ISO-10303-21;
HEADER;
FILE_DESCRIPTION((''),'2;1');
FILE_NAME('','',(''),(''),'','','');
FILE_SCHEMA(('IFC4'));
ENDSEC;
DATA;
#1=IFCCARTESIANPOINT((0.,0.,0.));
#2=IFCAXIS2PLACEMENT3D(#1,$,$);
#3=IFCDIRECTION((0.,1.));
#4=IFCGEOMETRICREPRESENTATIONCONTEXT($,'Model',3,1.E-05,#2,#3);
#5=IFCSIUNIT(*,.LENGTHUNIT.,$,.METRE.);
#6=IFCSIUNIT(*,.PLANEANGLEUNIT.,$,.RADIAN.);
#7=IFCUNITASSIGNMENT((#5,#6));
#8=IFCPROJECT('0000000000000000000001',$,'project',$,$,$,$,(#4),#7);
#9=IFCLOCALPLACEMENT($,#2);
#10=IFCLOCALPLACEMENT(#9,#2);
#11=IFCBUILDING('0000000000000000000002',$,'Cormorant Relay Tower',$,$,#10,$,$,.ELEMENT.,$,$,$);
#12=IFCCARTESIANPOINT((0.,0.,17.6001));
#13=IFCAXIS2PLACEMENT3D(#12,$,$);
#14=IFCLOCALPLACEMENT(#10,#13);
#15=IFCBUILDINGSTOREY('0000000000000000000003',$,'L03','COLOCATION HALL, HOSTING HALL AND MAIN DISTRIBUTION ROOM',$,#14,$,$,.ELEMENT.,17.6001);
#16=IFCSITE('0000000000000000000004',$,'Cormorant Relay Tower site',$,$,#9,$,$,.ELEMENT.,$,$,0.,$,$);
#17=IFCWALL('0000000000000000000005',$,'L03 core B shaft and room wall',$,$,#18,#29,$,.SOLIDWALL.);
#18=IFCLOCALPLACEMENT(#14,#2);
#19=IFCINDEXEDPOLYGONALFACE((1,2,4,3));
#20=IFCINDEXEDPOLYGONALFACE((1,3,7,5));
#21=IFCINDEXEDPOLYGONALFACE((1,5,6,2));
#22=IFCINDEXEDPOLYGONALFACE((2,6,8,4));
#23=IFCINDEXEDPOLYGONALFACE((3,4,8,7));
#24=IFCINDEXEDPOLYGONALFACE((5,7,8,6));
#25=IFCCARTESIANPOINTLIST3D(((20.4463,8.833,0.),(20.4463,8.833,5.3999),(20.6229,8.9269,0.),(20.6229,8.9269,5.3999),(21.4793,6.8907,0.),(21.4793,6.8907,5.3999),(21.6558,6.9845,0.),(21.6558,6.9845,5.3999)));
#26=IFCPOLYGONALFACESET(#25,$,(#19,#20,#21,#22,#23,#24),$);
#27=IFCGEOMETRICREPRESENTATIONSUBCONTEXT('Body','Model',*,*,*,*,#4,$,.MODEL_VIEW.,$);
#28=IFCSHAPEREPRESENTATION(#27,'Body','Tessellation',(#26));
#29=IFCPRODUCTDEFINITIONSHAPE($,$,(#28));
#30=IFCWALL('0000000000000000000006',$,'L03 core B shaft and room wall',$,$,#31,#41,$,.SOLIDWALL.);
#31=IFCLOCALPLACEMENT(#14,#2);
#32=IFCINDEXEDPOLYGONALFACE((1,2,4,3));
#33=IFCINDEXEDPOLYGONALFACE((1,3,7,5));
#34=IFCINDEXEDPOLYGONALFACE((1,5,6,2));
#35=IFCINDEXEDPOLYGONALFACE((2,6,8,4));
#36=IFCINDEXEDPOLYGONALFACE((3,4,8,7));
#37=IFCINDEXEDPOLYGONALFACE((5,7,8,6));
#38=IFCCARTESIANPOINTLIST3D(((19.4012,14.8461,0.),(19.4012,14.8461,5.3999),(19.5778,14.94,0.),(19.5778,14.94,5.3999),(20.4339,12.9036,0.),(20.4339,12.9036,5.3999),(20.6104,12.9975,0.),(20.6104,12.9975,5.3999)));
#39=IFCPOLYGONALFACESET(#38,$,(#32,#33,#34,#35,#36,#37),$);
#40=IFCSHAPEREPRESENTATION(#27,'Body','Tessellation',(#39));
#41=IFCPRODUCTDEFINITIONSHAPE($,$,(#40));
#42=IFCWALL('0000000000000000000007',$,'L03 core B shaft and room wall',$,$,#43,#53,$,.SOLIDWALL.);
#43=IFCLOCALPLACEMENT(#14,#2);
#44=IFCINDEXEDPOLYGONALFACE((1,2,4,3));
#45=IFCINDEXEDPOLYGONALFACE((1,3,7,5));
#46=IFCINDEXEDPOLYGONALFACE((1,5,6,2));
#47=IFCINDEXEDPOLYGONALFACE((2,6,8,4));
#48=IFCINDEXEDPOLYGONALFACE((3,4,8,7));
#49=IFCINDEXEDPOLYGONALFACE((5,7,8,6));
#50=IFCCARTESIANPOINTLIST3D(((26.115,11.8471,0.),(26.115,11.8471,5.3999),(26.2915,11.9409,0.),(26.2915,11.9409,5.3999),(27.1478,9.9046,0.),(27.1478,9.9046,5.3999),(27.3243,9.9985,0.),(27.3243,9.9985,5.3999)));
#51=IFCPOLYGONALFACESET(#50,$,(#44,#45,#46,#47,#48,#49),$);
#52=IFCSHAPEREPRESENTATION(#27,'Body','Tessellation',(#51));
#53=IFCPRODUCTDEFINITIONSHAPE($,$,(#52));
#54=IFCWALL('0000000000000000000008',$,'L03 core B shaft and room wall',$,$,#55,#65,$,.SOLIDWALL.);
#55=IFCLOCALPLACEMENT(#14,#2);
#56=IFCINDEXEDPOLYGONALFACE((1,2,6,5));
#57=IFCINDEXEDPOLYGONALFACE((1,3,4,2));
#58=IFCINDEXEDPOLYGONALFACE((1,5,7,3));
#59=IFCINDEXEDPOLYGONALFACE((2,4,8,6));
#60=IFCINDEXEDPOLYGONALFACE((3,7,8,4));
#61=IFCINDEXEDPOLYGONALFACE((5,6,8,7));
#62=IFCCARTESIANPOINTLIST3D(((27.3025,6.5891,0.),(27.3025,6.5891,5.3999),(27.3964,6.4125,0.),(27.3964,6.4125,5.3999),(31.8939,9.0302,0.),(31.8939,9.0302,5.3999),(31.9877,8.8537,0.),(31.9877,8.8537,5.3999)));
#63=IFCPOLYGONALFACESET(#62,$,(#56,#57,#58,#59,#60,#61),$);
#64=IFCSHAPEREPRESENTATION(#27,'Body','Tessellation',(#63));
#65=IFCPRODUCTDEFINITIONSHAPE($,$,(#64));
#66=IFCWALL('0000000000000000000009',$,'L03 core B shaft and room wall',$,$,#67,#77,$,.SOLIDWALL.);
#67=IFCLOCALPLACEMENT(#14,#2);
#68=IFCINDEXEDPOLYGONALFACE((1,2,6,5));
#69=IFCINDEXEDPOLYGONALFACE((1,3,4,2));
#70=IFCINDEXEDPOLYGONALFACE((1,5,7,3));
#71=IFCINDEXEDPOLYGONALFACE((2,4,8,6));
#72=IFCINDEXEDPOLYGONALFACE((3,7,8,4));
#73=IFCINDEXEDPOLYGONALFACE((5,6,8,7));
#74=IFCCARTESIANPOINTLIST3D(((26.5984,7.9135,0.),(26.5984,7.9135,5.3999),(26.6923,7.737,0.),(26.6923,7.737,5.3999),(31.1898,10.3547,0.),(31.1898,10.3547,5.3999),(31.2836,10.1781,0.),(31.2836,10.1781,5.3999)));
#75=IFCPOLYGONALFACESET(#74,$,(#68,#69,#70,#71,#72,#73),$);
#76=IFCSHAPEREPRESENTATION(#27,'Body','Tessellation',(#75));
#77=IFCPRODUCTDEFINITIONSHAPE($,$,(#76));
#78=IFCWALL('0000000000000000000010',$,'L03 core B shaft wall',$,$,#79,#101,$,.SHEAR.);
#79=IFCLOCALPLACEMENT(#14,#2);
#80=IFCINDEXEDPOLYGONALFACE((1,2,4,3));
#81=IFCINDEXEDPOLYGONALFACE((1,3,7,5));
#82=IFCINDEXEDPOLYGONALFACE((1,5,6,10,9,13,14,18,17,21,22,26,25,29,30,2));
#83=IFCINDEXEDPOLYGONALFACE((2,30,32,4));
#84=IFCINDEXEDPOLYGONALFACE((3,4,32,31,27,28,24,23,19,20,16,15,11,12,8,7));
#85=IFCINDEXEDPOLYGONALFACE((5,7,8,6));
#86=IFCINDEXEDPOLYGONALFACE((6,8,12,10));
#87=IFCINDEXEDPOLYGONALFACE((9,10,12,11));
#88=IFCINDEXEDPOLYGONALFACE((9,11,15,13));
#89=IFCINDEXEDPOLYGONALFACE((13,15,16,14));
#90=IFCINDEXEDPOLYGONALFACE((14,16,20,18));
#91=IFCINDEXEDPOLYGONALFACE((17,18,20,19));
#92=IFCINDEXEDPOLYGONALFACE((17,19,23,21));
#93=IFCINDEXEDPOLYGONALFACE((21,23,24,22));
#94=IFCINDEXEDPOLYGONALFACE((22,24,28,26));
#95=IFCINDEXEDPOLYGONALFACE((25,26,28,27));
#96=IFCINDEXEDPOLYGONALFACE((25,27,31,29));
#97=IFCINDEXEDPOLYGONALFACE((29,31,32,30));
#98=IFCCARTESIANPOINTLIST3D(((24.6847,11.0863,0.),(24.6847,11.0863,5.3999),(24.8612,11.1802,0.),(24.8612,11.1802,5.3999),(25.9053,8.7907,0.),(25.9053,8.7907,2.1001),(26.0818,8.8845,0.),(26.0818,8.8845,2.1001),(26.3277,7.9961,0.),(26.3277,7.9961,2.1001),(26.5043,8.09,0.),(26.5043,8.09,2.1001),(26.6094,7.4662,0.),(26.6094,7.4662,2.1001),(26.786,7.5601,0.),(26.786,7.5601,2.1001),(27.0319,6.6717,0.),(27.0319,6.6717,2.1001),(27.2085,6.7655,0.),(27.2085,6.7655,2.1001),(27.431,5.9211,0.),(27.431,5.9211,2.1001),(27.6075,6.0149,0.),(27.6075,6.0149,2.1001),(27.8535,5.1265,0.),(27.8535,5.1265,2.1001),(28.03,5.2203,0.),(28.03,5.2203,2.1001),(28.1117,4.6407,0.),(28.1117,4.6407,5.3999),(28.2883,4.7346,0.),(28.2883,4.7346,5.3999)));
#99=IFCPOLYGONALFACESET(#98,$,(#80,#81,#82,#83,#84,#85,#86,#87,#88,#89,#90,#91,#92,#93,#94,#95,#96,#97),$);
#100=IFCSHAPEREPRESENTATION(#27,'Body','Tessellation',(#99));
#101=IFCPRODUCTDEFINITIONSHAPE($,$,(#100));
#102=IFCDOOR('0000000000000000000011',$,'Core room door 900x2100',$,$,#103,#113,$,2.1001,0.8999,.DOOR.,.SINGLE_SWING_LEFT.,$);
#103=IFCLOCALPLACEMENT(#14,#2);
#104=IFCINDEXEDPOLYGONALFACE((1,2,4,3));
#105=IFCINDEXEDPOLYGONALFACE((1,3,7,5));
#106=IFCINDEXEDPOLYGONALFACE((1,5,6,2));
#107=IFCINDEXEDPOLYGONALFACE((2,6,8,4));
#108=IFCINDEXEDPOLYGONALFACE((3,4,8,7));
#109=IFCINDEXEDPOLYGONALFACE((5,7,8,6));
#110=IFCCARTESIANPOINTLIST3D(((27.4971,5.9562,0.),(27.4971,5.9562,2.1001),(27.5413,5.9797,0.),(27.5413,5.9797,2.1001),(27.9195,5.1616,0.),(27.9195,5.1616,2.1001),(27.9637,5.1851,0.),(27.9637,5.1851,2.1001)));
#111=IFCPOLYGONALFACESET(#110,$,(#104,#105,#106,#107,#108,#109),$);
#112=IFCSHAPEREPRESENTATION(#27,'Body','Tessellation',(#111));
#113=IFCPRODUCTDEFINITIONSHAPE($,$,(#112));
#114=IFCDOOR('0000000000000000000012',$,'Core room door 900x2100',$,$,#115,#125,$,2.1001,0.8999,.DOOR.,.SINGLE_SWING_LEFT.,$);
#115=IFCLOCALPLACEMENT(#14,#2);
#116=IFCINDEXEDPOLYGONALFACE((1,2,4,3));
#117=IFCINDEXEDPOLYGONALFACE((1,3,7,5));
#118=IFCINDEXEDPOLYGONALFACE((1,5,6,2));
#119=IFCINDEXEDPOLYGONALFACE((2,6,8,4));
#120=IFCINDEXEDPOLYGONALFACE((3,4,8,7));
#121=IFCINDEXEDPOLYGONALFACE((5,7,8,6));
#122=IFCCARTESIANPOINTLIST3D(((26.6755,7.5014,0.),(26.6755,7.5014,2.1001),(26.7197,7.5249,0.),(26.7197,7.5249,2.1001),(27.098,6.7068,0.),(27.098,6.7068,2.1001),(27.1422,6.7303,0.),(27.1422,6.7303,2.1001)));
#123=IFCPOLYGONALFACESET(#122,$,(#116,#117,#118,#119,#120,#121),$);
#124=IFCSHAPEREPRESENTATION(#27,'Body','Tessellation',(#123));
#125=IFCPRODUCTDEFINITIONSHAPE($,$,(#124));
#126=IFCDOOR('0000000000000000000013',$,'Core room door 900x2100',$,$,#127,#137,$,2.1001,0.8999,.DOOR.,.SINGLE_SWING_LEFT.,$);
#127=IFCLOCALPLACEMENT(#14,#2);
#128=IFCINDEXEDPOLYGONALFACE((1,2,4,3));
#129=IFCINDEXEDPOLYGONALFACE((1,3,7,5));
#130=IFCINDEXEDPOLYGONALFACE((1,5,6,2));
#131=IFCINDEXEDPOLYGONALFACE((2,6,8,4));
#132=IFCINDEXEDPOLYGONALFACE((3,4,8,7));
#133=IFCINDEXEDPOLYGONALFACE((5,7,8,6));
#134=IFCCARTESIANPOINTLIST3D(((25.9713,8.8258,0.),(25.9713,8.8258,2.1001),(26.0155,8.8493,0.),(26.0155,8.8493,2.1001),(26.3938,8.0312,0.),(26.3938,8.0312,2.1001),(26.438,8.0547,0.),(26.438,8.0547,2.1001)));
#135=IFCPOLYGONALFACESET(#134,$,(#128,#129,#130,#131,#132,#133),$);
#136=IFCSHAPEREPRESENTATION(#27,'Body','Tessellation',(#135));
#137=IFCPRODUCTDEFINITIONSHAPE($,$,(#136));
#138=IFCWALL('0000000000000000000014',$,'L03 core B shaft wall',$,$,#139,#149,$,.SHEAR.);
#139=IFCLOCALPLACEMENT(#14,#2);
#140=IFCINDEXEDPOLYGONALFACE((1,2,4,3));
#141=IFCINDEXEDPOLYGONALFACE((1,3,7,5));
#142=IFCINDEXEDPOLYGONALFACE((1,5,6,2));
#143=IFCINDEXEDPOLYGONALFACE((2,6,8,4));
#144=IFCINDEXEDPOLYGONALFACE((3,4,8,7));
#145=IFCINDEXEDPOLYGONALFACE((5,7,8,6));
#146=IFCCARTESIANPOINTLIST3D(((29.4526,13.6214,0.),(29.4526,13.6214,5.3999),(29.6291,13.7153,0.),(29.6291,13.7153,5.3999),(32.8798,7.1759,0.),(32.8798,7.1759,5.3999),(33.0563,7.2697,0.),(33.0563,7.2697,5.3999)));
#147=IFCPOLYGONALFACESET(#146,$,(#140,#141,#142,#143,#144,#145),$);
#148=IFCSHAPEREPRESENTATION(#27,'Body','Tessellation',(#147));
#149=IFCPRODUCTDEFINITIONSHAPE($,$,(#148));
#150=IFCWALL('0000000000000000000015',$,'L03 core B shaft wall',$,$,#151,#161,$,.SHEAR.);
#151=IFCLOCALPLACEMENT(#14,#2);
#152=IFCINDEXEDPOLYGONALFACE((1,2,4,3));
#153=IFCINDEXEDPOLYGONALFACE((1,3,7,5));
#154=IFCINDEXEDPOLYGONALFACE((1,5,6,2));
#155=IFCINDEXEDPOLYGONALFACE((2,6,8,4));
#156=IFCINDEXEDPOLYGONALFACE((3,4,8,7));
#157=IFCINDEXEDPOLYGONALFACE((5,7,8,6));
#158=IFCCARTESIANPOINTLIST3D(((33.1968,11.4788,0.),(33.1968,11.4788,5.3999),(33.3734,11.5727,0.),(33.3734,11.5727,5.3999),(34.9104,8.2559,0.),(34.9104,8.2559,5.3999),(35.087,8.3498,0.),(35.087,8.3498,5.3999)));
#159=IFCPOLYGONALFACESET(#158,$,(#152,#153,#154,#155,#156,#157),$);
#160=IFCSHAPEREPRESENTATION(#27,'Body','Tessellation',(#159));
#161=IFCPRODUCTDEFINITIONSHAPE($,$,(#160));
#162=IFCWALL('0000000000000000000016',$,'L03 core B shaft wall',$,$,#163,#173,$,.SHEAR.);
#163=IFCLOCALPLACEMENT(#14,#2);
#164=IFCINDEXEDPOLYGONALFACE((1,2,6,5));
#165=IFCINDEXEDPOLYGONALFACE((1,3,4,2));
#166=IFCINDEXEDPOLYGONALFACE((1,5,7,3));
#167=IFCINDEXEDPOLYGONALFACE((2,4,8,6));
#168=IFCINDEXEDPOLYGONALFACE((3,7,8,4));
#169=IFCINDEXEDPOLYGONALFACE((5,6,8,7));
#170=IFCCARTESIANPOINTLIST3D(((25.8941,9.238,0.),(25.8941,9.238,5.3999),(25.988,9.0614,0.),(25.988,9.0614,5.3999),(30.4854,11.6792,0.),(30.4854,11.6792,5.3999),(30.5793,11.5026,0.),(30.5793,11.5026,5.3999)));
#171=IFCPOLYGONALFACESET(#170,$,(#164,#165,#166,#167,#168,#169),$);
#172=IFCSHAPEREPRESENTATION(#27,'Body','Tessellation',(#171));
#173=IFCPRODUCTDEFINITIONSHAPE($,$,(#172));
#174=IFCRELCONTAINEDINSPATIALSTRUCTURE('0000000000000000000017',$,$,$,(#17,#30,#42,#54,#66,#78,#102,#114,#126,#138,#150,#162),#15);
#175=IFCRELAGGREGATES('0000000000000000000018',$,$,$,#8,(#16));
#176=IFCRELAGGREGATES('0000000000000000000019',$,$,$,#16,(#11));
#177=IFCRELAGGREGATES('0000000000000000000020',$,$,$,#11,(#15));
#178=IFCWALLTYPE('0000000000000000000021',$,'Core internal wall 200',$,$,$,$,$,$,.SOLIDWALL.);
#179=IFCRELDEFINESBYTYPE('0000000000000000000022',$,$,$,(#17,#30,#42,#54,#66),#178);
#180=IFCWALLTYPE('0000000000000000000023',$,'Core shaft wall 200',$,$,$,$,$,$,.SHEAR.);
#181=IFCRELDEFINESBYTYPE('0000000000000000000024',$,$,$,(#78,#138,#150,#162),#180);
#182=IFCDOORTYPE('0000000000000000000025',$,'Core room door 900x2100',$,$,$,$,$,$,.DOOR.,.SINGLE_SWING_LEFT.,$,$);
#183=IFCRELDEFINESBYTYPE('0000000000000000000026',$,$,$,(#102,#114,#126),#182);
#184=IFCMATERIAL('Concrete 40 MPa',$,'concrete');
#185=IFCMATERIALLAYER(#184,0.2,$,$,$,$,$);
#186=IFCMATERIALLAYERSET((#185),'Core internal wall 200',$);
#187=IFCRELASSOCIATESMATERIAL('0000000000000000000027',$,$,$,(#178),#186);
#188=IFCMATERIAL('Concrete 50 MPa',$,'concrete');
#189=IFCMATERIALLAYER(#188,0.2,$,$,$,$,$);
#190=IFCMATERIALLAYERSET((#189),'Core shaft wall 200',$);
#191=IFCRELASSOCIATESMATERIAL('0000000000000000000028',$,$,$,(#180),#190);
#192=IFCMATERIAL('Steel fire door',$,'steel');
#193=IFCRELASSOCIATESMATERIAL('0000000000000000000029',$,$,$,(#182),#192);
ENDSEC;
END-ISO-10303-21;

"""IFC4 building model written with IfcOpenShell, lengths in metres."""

from ifc_helpers import new_model, si_unit, direction, frame, frame_2d, origin, place, context, subcontext, project, spatial, rectangle, extrude, material, layer, layer_set, type_object, element, fill, save


model = new_model("IFC4")

# Units and contexts
model_context = context("Model", 3, precision=1e-05, world=origin(), true_north=direction((0.0, 1.0)))
body_context = subcontext(model_context, "Body", "Model", "MODEL_VIEW")
ifc_project = project(units=[si_unit("LENGTHUNIT", "METRE"), si_unit("PLANEANGLEUNIT", "RADIAN")], contexts=[model_context])

# Site, building, storey
site_placement = place(None, origin())
site = spatial("IfcSite", under=ifc_project, at=site_placement, Name="Cormorant Relay Tower site", CompositionType="ELEMENT", RefElevation=0.0)
building_placement = place(site_placement, origin())
building = spatial("IfcBuilding", under=site, at=building_placement, Name="Cormorant Relay Tower", CompositionType="ELEMENT")
storey_placement = place(building_placement, frame((0.0, 0.0, 17.6001)))
storey = spatial("IfcBuildingStorey", under=building, at=storey_placement, Name="L03", Description="COLOCATION HALL, HOSTING HALL AND MAIN DISTRIBUTION ROOM", CompositionType="ELEMENT", Elevation=17.6001)

# Walls
ifc_material_1 = material(Name="Concrete 40 MPa", Category="concrete")
ifc_layer_1 = layer(ifc_material_1, 0.2)
ifc_layer_set_1 = layer_set([ifc_layer_1], Name="Core internal wall 200")
wall_type_1 = type_object("IfcWallType", Name="Core internal wall 200", PredefinedType="SOLIDWALL", material=ifc_layer_set_1)
for number, where, z_axis, x_axis, name in (
    (1, (21.5676, 6.9375, 0.0), (0.0, 0.0, 1.0), (-0.469534, 0.882914, 0.0), "L03 core B shaft and room wall"),
    (2, (20.5222, 12.9504, 0.0), (0.0, 0.0, 1.0), (-0.469401, 0.882985, 0.0), "L03 core B shaft and room wall"),
    (3, (27.2361, 9.9514, 0.0), (0.0, 0.0, 1.0), (-0.469447, 0.88296, 0.0), "L03 core B shaft and room wall"),
):
    element("IfcWall", number, at=place(storey_placement, frame(where, z_axis=z_axis, x_axis=x_axis)), inside=storey, type_object=wall_type_1, Name=name, PredefinedType="SOLIDWALL", context=body_context, shape_type="SweptSolid", body=[
        extrude(rectangle(XDim=2.2, YDim=0.2, at=frame_2d((1.1001, 0.0))), origin(), (0.0, 0.0, 1.0), 5.3999),
    ])
for number, where, z_axis, x_axis, name in (
    (4, (27.3494, 6.5007, 0.0), (0.0, 0.0, 1.0), (0.882954, 0.46946, 0.0), "L03 core B shaft and room wall"),
    (5, (26.6453, 7.8252, 0.0), (0.0, 0.0, 1.0), (0.882954, 0.46946, 0.0), "L03 core B shaft and room wall"),
):
    element("IfcWall", number, at=place(storey_placement, frame(where, z_axis=z_axis, x_axis=x_axis)), inside=storey, type_object=wall_type_1, Name=name, PredefinedType="SOLIDWALL", context=body_context, shape_type="SweptSolid", body=[
        extrude(rectangle(XDim=5.2, YDim=0.2, at=frame_2d((2.6001, 0.0))), origin(), (0.0, 0.0, 1.0), 5.3999),
    ])

# Wall, openings, doors
ifc_material_2 = material(Name="Concrete 50 MPa", Category="concrete")
ifc_layer_2 = layer(ifc_material_2, 0.2)
ifc_layer_set_2 = layer_set([ifc_layer_2], Name="Core shaft wall 200")
wall_type_2 = type_object("IfcWallType", Name="Core shaft wall 200", PredefinedType="SHEAR", material=ifc_layer_set_2)
wall_1_placement = place(storey_placement, frame((28.2, 4.6877, 0.0), z_axis=(0.0, 0.0, 1.0), x_axis=(-0.469454, 0.882957, 0.0)))
wall_1 = element("IfcWall", 6, at=wall_1_placement, inside=storey, type_object=wall_type_2, Name="L03 core B shaft wall", PredefinedType="SHEAR", context=body_context, shape_type="SweptSolid", body=[
    extrude(rectangle(XDim=7.3, YDim=0.2, at=frame_2d((3.6499, 0.0))), origin(), (0.0, 0.0, 1.0), 5.3999),
])
opening_1_placement = place(wall_1_placement, frame((0.55, 0.0, 0.0)))
opening_1 = element("IfcOpeningElement", 7, at=opening_1_placement, cuts=wall_1, PredefinedType="OPENING", context=body_context, shape_type="SweptSolid", body=[
    extrude(rectangle(XDim=0.8999, YDim=2.1001, at=frame_2d((0.45, 1.05))), frame((0.0, 0.1099, 0.0), z_axis=(0.0, -1.0, 0.0), x_axis=(1.0, 0.0, 0.0)), (0.0, 0.0, 1.0), 0.22),
])
opening_2_placement = place(wall_1_placement, frame((2.3, 0.0, 0.0)))
opening_2 = element("IfcOpeningElement", 8, at=opening_2_placement, cuts=wall_1, PredefinedType="OPENING", context=body_context, shape_type="SweptSolid", body=[
    extrude(rectangle(XDim=0.8999, YDim=2.1001, at=frame_2d((0.45, 1.05))), frame((0.0, 0.1099, 0.0), z_axis=(0.0, -1.0, 0.0), x_axis=(1.0, 0.0, 0.0)), (0.0, 0.0, 1.0), 0.22),
])
opening_3_placement = place(wall_1_placement, frame((3.8, 0.0, 0.0)))
opening_3 = element("IfcOpeningElement", 9, at=opening_3_placement, cuts=wall_1, PredefinedType="OPENING", context=body_context, shape_type="SweptSolid", body=[
    extrude(rectangle(XDim=0.8999, YDim=2.1001, at=frame_2d((0.45, 1.05))), frame((0.0, 0.1099, 0.0), z_axis=(0.0, -1.0, 0.0), x_axis=(1.0, 0.0, 0.0)), (0.0, 0.0, 1.0), 0.22),
])
ifc_material_3 = material(Name="Steel fire door", Category="steel")
door_type_1 = type_object("IfcDoorType", Name="Core room door 900x2100", OperationType="SINGLE_SWING_LEFT", PredefinedType="DOOR", material=ifc_material_3)
door_1_placement = place(opening_1_placement, frame((0.8999, 0.0, 0.0), z_axis=(0.0, 0.0, 1.0), x_axis=(-1.0, 0.0, 0.0)))
door_1 = element("IfcDoor", 10, at=door_1_placement, inside=storey, type_object=door_type_1, Name="Core room door 900x2100", OperationType="SINGLE_SWING_LEFT", OverallHeight=2.1001, OverallWidth=0.8999, PredefinedType="DOOR", context=body_context, shape_type="SweptSolid", body=[
    extrude(rectangle(XDim=0.8999, YDim=2.1001, at=frame_2d((0.45, 1.05))), frame((0.0, 0.0249, 0.0), z_axis=(0.0, -1.0, 0.0), x_axis=(1.0, 0.0, 0.0)), (0.0, 0.0, 1.0), 0.05),
])
fill(opening_1, door_1)
door_2_placement = place(opening_2_placement, frame((0.8999, 0.0, 0.0), z_axis=(0.0, 0.0, 1.0), x_axis=(-1.0, 0.0, 0.0)))
door_2 = element("IfcDoor", 11, at=door_2_placement, inside=storey, type_object=door_type_1, Name="Core room door 900x2100", OperationType="SINGLE_SWING_LEFT", OverallHeight=2.1001, OverallWidth=0.8999, PredefinedType="DOOR", context=body_context, shape_type="SweptSolid", body=[
    extrude(rectangle(XDim=0.8999, YDim=2.1001, at=frame_2d((0.45, 1.05))), frame((0.0, 0.0249, 0.0), z_axis=(0.0, -1.0, 0.0), x_axis=(1.0, 0.0, 0.0)), (0.0, 0.0, 1.0), 0.05),
])
fill(opening_2, door_2)
door_3_placement = place(opening_3_placement, frame((0.8999, 0.0, 0.0), z_axis=(0.0, 0.0, 1.0), x_axis=(-1.0, 0.0, 0.0)))
door_3 = element("IfcDoor", 12, at=door_3_placement, inside=storey, type_object=door_type_1, Name="Core room door 900x2100", OperationType="SINGLE_SWING_LEFT", OverallHeight=2.1001, OverallWidth=0.8999, PredefinedType="DOOR", context=body_context, shape_type="SweptSolid", body=[
    extrude(rectangle(XDim=0.8999, YDim=2.1001, at=frame_2d((0.45, 1.05))), frame((0.0, 0.0249, 0.0), z_axis=(0.0, -1.0, 0.0), x_axis=(1.0, 0.0, 0.0)), (0.0, 0.0, 1.0), 0.05),
])
fill(opening_3, door_3)

# Walls
wall_2_placement = place(storey_placement, frame((32.968, 7.2229, 0.0), z_axis=(0.0, 0.0, 1.0), x_axis=(-0.46948, 0.882943, 0.0)))
element("IfcWall", 13, at=wall_2_placement, inside=storey, type_object=wall_type_2, Name="L03 core B shaft wall", PredefinedType="SHEAR", context=body_context, shape_type="SweptSolid", body=[
    extrude(rectangle(XDim=7.3, YDim=0.2, at=frame_2d((3.6499, 0.0))), origin(), (0.0, 0.0, 1.0), 5.3999),
])
wall_3_placement = place(storey_placement, frame((34.9988, 8.3027, 0.0), z_axis=(0.0, 0.0, 1.0), x_axis=(-0.469467, 0.88295, 0.0)))
element("IfcWall", 14, at=wall_3_placement, inside=storey, type_object=wall_type_2, Name="L03 core B shaft wall", PredefinedType="SHEAR", context=body_context, shape_type="SweptSolid", body=[
    extrude(rectangle(XDim=3.6501, YDim=0.2, at=frame_2d((1.8252, 0.0))), origin(), (0.0, 0.0, 1.0), 5.3999),
])

# Wall
wall_4_placement = place(storey_placement, frame((25.9409, 9.1497, 0.0), z_axis=(0.0, 0.0, 1.0), x_axis=(0.882954, 0.46946, 0.0)))
element("IfcWall", 15, at=wall_4_placement, inside=storey, type_object=wall_type_2, Name="L03 core B shaft wall", PredefinedType="SHEAR", context=body_context, shape_type="SweptSolid", body=[
    extrude(rectangle(XDim=5.2, YDim=0.2, at=frame_2d((2.6001, 0.0))), origin(), (0.0, 0.0, 1.0), 5.3999),
])

save(model, "model.ifc")
